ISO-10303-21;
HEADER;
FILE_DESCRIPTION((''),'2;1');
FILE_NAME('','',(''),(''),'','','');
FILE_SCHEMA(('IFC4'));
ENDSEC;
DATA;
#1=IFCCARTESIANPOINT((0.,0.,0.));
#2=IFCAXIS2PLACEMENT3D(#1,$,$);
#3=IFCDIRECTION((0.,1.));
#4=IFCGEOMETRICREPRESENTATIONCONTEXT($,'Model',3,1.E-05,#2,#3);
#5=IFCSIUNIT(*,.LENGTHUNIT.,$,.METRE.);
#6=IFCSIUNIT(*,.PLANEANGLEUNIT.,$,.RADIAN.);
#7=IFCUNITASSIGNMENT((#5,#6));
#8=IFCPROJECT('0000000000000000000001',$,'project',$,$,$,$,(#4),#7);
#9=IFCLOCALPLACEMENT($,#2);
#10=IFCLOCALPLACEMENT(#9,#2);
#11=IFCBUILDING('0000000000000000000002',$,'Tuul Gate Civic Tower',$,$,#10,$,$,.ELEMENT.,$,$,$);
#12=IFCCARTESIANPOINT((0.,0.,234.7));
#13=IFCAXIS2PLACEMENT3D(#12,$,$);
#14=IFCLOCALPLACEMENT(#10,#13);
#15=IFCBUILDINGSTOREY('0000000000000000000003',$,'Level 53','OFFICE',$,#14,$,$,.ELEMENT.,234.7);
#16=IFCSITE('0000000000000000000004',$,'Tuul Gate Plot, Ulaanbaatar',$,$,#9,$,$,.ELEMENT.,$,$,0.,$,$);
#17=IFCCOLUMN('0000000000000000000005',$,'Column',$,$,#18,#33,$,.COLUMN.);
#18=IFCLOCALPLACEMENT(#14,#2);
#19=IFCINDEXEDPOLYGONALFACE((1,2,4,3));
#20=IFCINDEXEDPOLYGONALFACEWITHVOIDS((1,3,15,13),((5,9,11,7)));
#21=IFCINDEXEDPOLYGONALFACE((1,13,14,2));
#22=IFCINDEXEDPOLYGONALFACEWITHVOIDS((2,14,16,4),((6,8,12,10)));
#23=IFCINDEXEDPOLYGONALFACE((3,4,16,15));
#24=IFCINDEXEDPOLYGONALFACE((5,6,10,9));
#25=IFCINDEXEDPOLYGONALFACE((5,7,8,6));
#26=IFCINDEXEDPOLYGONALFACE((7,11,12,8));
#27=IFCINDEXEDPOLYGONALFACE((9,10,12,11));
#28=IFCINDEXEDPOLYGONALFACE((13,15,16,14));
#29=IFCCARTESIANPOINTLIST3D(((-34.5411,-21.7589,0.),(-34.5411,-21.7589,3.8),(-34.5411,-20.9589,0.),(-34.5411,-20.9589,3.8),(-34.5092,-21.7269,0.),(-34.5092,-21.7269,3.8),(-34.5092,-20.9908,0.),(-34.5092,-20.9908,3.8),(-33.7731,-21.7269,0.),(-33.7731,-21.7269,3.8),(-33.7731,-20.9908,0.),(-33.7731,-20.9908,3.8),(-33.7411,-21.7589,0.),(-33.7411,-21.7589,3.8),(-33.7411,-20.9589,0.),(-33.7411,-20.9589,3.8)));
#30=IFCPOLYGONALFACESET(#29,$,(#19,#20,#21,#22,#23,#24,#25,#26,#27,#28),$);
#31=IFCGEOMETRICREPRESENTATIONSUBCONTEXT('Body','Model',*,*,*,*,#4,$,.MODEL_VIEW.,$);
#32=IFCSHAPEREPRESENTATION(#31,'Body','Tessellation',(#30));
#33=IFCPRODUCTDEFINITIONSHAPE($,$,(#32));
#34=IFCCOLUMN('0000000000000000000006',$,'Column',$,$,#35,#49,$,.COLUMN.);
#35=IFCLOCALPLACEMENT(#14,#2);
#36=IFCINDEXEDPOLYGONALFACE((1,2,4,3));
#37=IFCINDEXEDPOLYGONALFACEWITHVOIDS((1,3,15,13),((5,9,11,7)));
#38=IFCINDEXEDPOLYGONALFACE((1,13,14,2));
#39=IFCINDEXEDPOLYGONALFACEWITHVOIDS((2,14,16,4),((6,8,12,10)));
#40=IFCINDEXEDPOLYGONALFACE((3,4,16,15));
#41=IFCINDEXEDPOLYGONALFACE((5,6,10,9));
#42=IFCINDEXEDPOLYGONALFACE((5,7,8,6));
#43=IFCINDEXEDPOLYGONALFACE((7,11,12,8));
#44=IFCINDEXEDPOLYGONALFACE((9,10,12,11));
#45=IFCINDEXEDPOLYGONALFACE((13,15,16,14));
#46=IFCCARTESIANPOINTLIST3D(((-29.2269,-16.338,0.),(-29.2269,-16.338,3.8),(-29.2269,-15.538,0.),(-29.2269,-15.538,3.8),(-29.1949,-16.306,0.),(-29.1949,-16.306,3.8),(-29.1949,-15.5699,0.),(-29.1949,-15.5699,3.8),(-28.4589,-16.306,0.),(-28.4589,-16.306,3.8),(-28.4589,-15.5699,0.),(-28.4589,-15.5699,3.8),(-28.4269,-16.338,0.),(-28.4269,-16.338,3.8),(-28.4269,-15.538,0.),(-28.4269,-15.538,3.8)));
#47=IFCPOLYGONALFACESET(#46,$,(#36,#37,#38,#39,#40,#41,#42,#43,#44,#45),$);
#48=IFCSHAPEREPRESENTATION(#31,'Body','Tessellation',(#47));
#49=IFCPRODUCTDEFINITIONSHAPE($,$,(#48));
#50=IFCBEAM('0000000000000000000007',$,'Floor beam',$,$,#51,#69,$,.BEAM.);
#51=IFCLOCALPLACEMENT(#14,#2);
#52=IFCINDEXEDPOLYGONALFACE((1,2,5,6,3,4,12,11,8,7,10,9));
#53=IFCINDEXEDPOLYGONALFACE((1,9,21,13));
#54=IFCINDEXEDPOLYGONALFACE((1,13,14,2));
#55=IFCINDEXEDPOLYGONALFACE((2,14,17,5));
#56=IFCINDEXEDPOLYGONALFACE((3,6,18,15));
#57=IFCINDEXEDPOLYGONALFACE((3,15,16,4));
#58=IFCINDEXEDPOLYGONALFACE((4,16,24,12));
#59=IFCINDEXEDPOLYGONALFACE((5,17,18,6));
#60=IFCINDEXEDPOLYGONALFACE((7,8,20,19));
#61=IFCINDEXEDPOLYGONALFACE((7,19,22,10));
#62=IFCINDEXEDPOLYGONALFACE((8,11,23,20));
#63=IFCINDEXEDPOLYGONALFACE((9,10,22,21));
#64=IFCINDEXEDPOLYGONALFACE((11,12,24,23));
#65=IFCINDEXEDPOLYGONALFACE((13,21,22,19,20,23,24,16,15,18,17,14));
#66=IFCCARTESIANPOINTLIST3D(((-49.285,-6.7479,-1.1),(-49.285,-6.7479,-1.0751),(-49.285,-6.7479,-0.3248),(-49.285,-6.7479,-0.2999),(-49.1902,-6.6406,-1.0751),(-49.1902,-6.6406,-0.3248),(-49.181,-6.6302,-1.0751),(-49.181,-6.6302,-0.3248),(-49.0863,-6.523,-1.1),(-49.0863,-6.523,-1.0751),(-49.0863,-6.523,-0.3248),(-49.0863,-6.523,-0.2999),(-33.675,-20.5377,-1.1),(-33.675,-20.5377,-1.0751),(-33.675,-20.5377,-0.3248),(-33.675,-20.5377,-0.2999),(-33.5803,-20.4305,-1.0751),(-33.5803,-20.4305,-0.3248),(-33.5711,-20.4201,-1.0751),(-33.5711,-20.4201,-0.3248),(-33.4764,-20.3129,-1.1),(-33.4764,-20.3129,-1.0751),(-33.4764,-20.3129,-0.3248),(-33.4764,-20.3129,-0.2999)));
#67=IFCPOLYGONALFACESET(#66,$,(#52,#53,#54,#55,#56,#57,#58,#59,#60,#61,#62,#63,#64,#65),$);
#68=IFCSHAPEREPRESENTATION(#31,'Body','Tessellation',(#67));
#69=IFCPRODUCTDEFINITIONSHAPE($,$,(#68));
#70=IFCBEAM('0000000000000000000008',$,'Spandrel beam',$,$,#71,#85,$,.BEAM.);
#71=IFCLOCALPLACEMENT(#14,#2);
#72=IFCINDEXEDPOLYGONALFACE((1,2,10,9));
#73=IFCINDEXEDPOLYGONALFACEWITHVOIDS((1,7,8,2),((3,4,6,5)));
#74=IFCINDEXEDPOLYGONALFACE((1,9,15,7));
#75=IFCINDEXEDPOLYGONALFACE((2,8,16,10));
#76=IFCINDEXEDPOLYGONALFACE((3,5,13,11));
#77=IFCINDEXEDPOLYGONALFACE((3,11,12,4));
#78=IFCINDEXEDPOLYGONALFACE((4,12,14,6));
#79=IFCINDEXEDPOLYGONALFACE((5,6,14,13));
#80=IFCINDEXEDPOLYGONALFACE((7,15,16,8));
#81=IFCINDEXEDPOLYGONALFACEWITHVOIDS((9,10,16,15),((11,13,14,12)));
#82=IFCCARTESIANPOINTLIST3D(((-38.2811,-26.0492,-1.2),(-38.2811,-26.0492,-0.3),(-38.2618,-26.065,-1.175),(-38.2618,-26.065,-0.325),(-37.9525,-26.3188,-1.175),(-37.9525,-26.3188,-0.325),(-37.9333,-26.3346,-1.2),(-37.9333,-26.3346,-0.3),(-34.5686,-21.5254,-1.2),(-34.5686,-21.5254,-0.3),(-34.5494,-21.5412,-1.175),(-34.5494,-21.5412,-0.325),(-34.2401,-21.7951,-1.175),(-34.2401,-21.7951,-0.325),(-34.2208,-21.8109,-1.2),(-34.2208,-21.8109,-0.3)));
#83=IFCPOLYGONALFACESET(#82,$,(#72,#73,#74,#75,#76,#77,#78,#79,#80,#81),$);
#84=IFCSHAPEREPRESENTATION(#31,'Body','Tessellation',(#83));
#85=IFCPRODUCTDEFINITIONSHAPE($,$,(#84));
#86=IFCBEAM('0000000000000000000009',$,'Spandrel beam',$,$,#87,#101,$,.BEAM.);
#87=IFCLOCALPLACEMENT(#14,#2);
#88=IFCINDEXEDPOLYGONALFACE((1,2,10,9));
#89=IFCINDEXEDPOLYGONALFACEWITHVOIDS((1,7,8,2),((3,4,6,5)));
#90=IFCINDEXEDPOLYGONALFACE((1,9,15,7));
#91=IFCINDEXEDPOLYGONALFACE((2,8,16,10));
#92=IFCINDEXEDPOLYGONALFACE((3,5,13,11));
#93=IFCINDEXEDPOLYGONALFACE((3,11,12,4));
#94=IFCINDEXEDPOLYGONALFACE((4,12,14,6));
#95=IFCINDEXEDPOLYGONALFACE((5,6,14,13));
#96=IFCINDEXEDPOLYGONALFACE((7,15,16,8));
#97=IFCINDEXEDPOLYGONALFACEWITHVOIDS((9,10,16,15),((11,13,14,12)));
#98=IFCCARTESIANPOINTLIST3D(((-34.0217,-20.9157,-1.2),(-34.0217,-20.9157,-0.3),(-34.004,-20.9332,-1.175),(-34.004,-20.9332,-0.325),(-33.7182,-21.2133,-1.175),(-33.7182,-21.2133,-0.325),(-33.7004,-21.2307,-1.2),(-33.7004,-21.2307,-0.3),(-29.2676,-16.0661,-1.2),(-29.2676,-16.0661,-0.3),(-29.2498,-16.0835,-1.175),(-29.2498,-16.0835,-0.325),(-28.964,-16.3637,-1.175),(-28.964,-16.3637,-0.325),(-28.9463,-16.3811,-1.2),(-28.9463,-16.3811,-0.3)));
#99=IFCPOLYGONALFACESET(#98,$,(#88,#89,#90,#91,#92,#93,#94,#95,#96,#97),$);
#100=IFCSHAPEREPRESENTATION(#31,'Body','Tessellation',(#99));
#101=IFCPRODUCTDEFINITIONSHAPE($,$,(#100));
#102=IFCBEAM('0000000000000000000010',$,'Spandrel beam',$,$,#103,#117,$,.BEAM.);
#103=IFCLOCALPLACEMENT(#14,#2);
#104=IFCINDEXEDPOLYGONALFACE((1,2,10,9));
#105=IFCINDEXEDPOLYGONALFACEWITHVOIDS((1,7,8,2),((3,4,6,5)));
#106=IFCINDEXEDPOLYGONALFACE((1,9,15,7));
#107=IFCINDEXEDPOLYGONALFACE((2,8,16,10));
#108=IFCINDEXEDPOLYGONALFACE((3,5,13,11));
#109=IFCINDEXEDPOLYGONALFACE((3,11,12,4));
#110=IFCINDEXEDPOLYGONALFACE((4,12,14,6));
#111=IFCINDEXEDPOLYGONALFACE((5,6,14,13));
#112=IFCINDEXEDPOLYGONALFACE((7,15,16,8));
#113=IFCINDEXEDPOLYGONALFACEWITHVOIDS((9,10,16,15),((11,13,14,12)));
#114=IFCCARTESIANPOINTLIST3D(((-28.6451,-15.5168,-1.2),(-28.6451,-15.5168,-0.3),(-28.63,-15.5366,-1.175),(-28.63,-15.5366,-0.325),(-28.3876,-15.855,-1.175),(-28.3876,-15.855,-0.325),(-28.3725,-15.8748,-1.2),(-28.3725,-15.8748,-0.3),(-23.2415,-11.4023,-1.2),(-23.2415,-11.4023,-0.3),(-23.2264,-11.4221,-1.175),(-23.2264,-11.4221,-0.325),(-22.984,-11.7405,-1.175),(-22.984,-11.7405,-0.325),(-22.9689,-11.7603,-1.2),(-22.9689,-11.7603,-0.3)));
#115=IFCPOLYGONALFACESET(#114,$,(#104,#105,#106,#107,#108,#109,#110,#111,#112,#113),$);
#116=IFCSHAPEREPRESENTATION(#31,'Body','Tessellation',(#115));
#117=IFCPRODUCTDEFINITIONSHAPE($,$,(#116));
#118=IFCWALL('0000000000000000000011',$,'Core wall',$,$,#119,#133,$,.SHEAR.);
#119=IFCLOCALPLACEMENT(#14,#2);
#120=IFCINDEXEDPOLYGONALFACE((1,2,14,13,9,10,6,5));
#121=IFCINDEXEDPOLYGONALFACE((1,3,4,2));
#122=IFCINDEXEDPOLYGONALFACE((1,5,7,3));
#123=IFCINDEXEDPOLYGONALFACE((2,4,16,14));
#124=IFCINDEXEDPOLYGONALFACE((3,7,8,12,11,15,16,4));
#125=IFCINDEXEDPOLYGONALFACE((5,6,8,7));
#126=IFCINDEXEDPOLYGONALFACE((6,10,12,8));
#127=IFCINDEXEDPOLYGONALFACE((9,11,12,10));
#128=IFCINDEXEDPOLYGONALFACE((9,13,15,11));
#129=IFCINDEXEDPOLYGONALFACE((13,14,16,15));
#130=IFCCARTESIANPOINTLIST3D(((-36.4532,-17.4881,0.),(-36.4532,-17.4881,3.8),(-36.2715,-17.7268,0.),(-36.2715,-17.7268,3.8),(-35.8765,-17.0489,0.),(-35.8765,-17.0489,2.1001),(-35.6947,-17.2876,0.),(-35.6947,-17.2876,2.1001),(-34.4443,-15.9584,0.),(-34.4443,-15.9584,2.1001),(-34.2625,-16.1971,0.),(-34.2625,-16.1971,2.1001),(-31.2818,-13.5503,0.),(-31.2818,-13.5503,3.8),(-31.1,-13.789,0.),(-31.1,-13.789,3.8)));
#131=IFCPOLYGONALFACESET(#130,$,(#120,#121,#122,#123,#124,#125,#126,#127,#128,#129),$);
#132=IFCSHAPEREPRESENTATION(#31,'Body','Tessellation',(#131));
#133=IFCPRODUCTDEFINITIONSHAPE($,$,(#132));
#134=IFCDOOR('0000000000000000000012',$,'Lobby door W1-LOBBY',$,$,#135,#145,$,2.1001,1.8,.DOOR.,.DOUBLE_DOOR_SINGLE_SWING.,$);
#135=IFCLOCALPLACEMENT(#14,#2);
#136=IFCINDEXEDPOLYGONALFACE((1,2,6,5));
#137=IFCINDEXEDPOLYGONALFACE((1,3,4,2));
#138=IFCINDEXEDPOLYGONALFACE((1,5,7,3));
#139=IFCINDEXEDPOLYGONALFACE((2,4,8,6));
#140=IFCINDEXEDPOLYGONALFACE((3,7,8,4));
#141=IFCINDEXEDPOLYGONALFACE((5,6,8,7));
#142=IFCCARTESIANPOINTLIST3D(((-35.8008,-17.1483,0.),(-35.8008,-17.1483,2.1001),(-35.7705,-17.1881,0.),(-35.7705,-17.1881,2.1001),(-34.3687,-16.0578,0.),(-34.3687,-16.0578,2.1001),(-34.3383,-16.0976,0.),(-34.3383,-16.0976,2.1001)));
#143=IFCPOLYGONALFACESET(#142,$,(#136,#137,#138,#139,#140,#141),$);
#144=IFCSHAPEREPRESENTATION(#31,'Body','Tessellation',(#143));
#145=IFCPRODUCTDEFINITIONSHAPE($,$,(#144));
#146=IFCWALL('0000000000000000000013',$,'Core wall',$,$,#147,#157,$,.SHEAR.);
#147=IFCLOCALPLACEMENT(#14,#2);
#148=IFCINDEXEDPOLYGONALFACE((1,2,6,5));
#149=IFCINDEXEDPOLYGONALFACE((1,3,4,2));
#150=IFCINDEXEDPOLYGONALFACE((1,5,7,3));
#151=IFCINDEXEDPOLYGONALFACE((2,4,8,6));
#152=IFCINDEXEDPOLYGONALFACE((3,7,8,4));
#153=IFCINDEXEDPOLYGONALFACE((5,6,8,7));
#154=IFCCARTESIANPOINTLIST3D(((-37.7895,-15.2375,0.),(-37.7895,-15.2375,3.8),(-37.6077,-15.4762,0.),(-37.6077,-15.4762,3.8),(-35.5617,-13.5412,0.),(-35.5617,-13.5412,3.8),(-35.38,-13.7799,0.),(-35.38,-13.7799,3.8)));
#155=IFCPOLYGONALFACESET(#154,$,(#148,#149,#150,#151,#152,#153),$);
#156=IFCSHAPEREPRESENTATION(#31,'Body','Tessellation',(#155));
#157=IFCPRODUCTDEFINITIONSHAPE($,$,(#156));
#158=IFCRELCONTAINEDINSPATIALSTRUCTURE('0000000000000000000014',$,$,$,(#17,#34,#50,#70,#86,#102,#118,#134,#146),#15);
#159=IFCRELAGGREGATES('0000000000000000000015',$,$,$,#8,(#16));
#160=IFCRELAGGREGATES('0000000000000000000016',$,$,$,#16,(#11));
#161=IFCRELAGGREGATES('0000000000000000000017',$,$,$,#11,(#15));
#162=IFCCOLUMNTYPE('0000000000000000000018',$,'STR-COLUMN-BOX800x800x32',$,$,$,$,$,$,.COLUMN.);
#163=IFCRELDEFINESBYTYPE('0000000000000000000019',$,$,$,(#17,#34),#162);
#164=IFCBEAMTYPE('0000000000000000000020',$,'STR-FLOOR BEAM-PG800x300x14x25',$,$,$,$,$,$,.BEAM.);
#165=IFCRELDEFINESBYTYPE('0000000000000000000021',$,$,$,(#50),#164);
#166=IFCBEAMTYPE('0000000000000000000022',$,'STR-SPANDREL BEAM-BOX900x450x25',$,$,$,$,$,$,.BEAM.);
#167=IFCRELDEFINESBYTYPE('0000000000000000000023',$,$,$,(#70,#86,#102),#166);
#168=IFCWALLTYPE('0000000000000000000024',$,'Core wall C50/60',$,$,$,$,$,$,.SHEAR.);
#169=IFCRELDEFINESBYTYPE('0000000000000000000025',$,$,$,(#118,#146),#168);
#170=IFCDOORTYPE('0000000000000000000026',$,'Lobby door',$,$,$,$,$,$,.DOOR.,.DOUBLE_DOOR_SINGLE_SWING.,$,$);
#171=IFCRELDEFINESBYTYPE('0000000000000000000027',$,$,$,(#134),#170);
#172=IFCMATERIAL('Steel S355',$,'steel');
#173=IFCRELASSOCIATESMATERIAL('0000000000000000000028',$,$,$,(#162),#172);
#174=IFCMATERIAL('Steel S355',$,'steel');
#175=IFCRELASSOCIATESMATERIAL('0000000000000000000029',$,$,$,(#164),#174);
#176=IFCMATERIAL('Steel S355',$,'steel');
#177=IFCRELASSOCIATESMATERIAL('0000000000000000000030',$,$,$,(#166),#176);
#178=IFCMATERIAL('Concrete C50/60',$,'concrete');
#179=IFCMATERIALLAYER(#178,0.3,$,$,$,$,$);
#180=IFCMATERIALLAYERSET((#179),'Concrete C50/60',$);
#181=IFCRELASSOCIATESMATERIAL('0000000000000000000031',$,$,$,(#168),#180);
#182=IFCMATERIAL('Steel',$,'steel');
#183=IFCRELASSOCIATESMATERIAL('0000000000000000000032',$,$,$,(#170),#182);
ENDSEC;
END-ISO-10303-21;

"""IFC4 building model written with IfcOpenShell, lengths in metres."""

from ifc_helpers import new_model, si_unit, direction, frame, frame_2d, origin, origin_2d, place, context, subcontext, project, spatial, rectangle, hollow_rectangle, i_section, extrude, material, layer, layer_set, material_profile, profile_set, type_object, element, fill, save


model = new_model("IFC4")

# Units and contexts
model_context = context("Model", 3, precision=1e-05, world=origin(), true_north=direction((0.0, 1.0)))
body_context = subcontext(model_context, "Body", "Model", "MODEL_VIEW")
ifc_project = project(units=[si_unit("LENGTHUNIT", "METRE"), si_unit("PLANEANGLEUNIT", "RADIAN")], contexts=[model_context])

# Site, building, storey
site_placement = place(None, origin())
site = spatial("IfcSite", under=ifc_project, at=site_placement, Name="Tuul Gate Plot, Ulaanbaatar", CompositionType="ELEMENT", RefElevation=0.0)
building_placement = place(site_placement, origin())
building = spatial("IfcBuilding", under=site, at=building_placement, Name="Tuul Gate Civic Tower", CompositionType="ELEMENT")
storey_placement = place(building_placement, frame((0.0, 0.0, 234.7)))
storey = spatial("IfcBuildingStorey", under=building, at=storey_placement, Name="Level 53", Description="OFFICE", CompositionType="ELEMENT", Elevation=234.7)

# Columns
ifc_material_1 = material(Name="Steel S355", Category="steel")
ifc_material_profile_1 = material_profile(ifc_material_1, hollow_rectangle(XDim=0.8, YDim=0.8, WallThickness=0.032, at=origin_2d()), Name="BOX800x800x32")
ifc_profile_set_1 = profile_set([ifc_material_profile_1], Name="Steel S355")
column_type = type_object("IfcColumnType", Name="STR-COLUMN-BOX800x800x32", PredefinedType="COLUMN", material=ifc_profile_set_1)
for number, where, z_axis, x_axis, name in (
    (1, (-34.1411, -21.3589, 0.0), (0.0, 0.0, 1.0), (1.0, 0.0, 0.0), "Column"),
    (2, (-28.8269, -15.938, 0.0), (0.0, 0.0, 1.0), (1.0, 0.0, 0.0), "Column"),
):
    element("IfcColumn", number, at=place(storey_placement, frame(where, z_axis=z_axis, x_axis=x_axis)), inside=storey, type_object=column_type, Name=name, PredefinedType="COLUMN", context=body_context, shape_type="SweptSolid", body=[
        extrude(hollow_rectangle(XDim=0.8, YDim=0.8, WallThickness=0.032, at=origin_2d()), origin(), (0.0, 0.0, 1.0), 3.8),
    ])

# Beams
ifc_material_2 = material(Name="Steel S355", Category="steel")
ifc_material_profile_2 = material_profile(ifc_material_2, i_section(OverallWidth=0.3, OverallDepth=0.8, WebThickness=0.0139, FlangeThickness=0.0249, at=origin_2d()), Name="PG800x300x14x25")
ifc_profile_set_2 = profile_set([ifc_material_profile_2], Name="Steel S355")
beam_type_1 = type_object("IfcBeamType", Name="STR-FLOOR BEAM-PG800x300x14x25", PredefinedType="BEAM", material=ifc_profile_set_2)
beam_1_placement = place(storey_placement, frame((-33.5757, -20.4253, -0.7), z_axis=(-0.749447, 0.662064, 0.0), x_axis=(-0.662064, -0.749447, 0.0)))
element("IfcBeam", 3, at=beam_1_placement, inside=storey, type_object=beam_type_1, Name="Floor beam", PredefinedType="BEAM", context=body_context, shape_type="SweptSolid", body=[
    extrude(i_section(OverallWidth=0.3, OverallDepth=0.8, WebThickness=0.0139, FlangeThickness=0.0249, at=origin_2d()), origin(), (0.0, 0.0, 1.0), 20.8286),
])
ifc_material_3 = material(Name="Steel S355", Category="steel")
ifc_material_profile_3 = material_profile(ifc_material_3, hollow_rectangle(XDim=0.45, YDim=0.8999, WallThickness=0.0249, at=origin_2d()), Name="BOX900x450x25")
ifc_profile_set_3 = profile_set([ifc_material_profile_3], Name="Steel S355")
beam_type_2 = type_object("IfcBeamType", Name="STR-SPANDREL BEAM-BOX900x450x25", PredefinedType="BEAM", material=ifc_profile_set_3)
beam_2_placement = place(storey_placement, frame((-38.1072, -26.1919, -0.75), z_axis=(0.634384, 0.773018, 0.0), x_axis=(-0.773018, 0.634384, 0.0)))
element("IfcBeam", 4, at=beam_2_placement, inside=storey, type_object=beam_type_2, Name="Spandrel beam", PredefinedType="BEAM", context=body_context, shape_type="SweptSolid", body=[
    extrude(hollow_rectangle(XDim=0.45, YDim=0.8999, WallThickness=0.0249, at=origin_2d()), origin(), (0.0, 0.0, 1.0), 5.8521),
])
beam_3_placement = place(storey_placement, frame((-33.8611, -21.0732, -0.75), z_axis=(0.700044, 0.7141, 0.0), x_axis=(-0.7141, 0.700044, 0.0)))
element("IfcBeam", 5, at=beam_3_placement, inside=storey, type_object=beam_type_2, Name="Spandrel beam", PredefinedType="BEAM", context=body_context, shape_type="SweptSolid", body=[
    extrude(hollow_rectangle(XDim=0.45, YDim=0.8999, WallThickness=0.0249, at=origin_2d()), origin(), (0.0, 0.0, 1.0), 6.7913),
])
beam_4_placement = place(storey_placement, frame((-28.5088, -15.6958, -0.75), z_axis=(0.795609, 0.60581, 0.0), x_axis=(-0.60581, 0.795609, 0.0)))
element("IfcBeam", 6, at=beam_4_placement, inside=storey, type_object=beam_type_2, Name="Spandrel beam", PredefinedType="BEAM", context=body_context, shape_type="SweptSolid", body=[
    extrude(hollow_rectangle(XDim=0.45, YDim=0.8999, WallThickness=0.0249, at=origin_2d()), origin(), (0.0, 0.0, 1.0), 6.7917),
])

# Wall, opening, door
ifc_material_4 = material(Name="Concrete C50/60", Category="concrete")
ifc_layer_1 = layer(ifc_material_4, 0.3)
ifc_layer_set_1 = layer_set([ifc_layer_1], Name="Concrete C50/60")
wall_type_1 = type_object("IfcWallType", Name="Core wall C50/60", PredefinedType="SHEAR", material=ifc_layer_set_1)
wall_1_placement = place(storey_placement, frame((-31.1909, -13.6697, 0.0), z_axis=(0.0, 0.0, 1.0), x_axis=(-0.795607, -0.605813, 0.0)))
wall_1 = element("IfcWall", 7, at=wall_1_placement, inside=storey, type_object=wall_type_1, Name="Core wall", PredefinedType="SHEAR", context=body_context, shape_type="SweptSolid", body=[
    extrude(rectangle(XDim=6.5, YDim=0.3, at=frame_2d((3.25, 0.0))), origin(), (0.0, 0.0, 1.0), 3.8),
])
opening_1_placement = place(wall_1_placement, frame((3.9751, 0.0, 0.0)))
opening_1 = element("IfcOpeningElement", 8, at=opening_1_placement, cuts=wall_1, PredefinedType="OPENING", context=body_context, shape_type="SweptSolid", body=[
    extrude(rectangle(XDim=1.8, YDim=2.1001, at=frame_2d((0.8999, 1.05))), frame((0.0, 0.1602, 0.0), z_axis=(0.0, -1.0, 0.0), x_axis=(1.0, 0.0, 0.0)), (0.0, 0.0, 1.0), 0.3201),
])
ifc_material_5 = material(Name="Steel", Category="steel")
door_type_1 = type_object("IfcDoorType", Name="Lobby door", OperationType="DOUBLE_DOOR_SINGLE_SWING", PredefinedType="DOOR", material=ifc_material_5)
door_1_placement = place(opening_1_placement, origin())
door_1 = element("IfcDoor", 9, at=door_1_placement, inside=storey, type_object=door_type_1, Name="Lobby door W1-LOBBY", OperationType="DOUBLE_DOOR_SINGLE_SWING", OverallHeight=2.1001, OverallWidth=1.8, PredefinedType="DOOR", context=body_context, shape_type="SweptSolid", body=[
    extrude(rectangle(XDim=1.8, YDim=2.1001, at=frame_2d((0.8999, 1.05))), frame((0.0, 0.0249, 0.0), z_axis=(0.0, -1.0, 0.0), x_axis=(1.0, 0.0, 0.0)), (0.0, 0.0, 1.0), 0.05),
])
fill(opening_1, door_1)

# Wall
wall_2_placement = place(storey_placement, frame((-35.4709, -13.6606, 0.0), z_axis=(0.0, 0.0, 1.0), x_axis=(-0.795616, -0.605802, 0.0)))
element("IfcWall", 10, at=wall_2_placement, inside=storey, type_object=wall_type_1, Name="Core wall", PredefinedType="SHEAR", context=body_context, shape_type="SweptSolid", body=[
    extrude(rectangle(XDim=2.8, YDim=0.3, at=frame_2d((1.3999, 0.0))), origin(), (0.0, 0.0, 1.0), 3.8),
])

save(model, "model.ifc")
